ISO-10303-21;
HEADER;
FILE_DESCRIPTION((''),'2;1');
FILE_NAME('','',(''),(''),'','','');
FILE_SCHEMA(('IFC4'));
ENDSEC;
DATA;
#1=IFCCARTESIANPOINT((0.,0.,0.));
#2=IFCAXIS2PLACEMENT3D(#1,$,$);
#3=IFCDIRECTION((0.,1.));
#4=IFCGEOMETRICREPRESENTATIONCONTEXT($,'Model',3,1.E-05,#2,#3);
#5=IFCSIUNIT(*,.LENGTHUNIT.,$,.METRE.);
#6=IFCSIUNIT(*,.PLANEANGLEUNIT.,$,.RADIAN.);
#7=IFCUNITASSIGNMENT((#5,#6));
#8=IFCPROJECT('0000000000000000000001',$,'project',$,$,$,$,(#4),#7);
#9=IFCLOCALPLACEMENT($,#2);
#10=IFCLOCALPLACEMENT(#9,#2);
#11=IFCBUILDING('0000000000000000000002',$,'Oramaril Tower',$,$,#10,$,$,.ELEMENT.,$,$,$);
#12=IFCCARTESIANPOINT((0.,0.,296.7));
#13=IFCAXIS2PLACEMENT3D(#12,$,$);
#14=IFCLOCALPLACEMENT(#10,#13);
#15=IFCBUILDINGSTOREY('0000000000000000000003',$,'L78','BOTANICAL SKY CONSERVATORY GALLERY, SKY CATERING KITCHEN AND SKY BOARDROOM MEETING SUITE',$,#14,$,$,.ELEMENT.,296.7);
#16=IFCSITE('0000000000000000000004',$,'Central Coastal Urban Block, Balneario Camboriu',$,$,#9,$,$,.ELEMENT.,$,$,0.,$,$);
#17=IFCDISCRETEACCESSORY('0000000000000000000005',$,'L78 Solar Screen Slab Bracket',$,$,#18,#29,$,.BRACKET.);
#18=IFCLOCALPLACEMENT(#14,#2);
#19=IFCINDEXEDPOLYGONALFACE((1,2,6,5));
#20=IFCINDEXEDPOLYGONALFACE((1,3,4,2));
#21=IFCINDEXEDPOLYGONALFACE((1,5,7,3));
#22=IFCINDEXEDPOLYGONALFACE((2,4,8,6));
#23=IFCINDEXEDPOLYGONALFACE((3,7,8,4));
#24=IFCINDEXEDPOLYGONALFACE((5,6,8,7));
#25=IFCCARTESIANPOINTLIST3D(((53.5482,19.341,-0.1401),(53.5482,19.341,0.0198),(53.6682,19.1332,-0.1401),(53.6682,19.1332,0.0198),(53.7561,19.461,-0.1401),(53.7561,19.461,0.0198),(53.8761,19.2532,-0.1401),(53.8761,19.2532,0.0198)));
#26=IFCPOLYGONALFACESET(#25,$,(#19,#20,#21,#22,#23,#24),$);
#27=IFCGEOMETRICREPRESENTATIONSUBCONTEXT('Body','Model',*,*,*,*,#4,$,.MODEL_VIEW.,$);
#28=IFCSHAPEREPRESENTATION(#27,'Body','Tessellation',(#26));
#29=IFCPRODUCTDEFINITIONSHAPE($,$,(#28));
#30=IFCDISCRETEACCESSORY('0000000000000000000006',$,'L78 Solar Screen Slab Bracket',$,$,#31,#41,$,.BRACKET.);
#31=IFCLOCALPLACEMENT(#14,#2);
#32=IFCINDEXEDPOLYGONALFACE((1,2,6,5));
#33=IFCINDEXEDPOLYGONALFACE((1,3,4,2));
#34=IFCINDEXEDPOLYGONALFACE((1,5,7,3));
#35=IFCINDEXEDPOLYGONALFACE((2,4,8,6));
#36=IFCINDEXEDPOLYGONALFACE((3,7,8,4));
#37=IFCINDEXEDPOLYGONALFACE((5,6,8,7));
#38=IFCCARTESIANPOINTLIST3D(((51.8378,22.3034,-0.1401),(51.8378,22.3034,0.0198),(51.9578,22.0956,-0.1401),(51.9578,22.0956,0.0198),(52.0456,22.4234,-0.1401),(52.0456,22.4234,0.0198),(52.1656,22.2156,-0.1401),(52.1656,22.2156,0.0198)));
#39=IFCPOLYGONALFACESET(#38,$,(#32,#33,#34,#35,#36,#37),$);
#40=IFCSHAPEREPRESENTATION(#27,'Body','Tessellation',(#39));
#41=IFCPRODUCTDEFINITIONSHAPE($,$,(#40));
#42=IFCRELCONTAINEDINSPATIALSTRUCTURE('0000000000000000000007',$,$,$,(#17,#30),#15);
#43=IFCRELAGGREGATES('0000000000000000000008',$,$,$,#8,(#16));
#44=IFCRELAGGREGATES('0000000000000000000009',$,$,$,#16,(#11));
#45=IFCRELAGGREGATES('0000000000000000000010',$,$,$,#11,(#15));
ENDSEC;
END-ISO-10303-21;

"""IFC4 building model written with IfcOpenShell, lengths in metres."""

from ifc_helpers import new_model, si_unit, direction, frame, origin, origin_2d, place, context, subcontext, project, spatial, rectangle, extrude, element, save


model = new_model("IFC4")

# Units and contexts
model_context = context("Model", 3, precision=1e-05, world=origin(), true_north=direction((0.0, 1.0)))
body_context = subcontext(model_context, "Body", "Model", "MODEL_VIEW")
ifc_project = project(units=[si_unit("LENGTHUNIT", "METRE"), si_unit("PLANEANGLEUNIT", "RADIAN")], contexts=[model_context])

# Site, building, storey
site_placement = place(None, origin())
site = spatial("IfcSite", under=ifc_project, at=site_placement, Name="Central Coastal Urban Block, Balneario Camboriu", CompositionType="ELEMENT", RefElevation=0.0)
building_placement = place(site_placement, origin())
building = spatial("IfcBuilding", under=site, at=building_placement, Name="Oramaril Tower", CompositionType="ELEMENT")
storey_placement = place(building_placement, frame((0.0, 0.0, 296.7)))
storey = spatial("IfcBuildingStorey", under=building, at=storey_placement, Name="L78", Description="BOTANICAL SKY CONSERVATORY GALLERY, SKY CATERING KITCHEN AND SKY BOARDROOM MEETING SUITE", CompositionType="ELEMENT", Elevation=296.7)

# Discrete accessories
for number, where, z_axis, x_axis, name in (
    (1, (53.7122, 19.2971, -0.1401), (0.0, 0.0, 1.0), (-0.499997, 0.866027, 0.0), "L78 Solar Screen Slab Bracket"),
    (2, (52.0017, 22.2595, -0.1401), (0.0, 0.0, 1.0), (-0.499997, 0.866027, 0.0), "L78 Solar Screen Slab Bracket"),
):
    element("IfcDiscreteAccessory", number, at=place(storey_placement, frame(where, z_axis=z_axis, x_axis=x_axis)), inside=storey, Name=name, PredefinedType="BRACKET", context=body_context, shape_type="SweptSolid", body=[
        extrude(rectangle(XDim=0.24, YDim=0.24, at=origin_2d()), origin(), (0.0, 0.0, 1.0), 0.1599),
    ])

save(model, "model.ifc")
